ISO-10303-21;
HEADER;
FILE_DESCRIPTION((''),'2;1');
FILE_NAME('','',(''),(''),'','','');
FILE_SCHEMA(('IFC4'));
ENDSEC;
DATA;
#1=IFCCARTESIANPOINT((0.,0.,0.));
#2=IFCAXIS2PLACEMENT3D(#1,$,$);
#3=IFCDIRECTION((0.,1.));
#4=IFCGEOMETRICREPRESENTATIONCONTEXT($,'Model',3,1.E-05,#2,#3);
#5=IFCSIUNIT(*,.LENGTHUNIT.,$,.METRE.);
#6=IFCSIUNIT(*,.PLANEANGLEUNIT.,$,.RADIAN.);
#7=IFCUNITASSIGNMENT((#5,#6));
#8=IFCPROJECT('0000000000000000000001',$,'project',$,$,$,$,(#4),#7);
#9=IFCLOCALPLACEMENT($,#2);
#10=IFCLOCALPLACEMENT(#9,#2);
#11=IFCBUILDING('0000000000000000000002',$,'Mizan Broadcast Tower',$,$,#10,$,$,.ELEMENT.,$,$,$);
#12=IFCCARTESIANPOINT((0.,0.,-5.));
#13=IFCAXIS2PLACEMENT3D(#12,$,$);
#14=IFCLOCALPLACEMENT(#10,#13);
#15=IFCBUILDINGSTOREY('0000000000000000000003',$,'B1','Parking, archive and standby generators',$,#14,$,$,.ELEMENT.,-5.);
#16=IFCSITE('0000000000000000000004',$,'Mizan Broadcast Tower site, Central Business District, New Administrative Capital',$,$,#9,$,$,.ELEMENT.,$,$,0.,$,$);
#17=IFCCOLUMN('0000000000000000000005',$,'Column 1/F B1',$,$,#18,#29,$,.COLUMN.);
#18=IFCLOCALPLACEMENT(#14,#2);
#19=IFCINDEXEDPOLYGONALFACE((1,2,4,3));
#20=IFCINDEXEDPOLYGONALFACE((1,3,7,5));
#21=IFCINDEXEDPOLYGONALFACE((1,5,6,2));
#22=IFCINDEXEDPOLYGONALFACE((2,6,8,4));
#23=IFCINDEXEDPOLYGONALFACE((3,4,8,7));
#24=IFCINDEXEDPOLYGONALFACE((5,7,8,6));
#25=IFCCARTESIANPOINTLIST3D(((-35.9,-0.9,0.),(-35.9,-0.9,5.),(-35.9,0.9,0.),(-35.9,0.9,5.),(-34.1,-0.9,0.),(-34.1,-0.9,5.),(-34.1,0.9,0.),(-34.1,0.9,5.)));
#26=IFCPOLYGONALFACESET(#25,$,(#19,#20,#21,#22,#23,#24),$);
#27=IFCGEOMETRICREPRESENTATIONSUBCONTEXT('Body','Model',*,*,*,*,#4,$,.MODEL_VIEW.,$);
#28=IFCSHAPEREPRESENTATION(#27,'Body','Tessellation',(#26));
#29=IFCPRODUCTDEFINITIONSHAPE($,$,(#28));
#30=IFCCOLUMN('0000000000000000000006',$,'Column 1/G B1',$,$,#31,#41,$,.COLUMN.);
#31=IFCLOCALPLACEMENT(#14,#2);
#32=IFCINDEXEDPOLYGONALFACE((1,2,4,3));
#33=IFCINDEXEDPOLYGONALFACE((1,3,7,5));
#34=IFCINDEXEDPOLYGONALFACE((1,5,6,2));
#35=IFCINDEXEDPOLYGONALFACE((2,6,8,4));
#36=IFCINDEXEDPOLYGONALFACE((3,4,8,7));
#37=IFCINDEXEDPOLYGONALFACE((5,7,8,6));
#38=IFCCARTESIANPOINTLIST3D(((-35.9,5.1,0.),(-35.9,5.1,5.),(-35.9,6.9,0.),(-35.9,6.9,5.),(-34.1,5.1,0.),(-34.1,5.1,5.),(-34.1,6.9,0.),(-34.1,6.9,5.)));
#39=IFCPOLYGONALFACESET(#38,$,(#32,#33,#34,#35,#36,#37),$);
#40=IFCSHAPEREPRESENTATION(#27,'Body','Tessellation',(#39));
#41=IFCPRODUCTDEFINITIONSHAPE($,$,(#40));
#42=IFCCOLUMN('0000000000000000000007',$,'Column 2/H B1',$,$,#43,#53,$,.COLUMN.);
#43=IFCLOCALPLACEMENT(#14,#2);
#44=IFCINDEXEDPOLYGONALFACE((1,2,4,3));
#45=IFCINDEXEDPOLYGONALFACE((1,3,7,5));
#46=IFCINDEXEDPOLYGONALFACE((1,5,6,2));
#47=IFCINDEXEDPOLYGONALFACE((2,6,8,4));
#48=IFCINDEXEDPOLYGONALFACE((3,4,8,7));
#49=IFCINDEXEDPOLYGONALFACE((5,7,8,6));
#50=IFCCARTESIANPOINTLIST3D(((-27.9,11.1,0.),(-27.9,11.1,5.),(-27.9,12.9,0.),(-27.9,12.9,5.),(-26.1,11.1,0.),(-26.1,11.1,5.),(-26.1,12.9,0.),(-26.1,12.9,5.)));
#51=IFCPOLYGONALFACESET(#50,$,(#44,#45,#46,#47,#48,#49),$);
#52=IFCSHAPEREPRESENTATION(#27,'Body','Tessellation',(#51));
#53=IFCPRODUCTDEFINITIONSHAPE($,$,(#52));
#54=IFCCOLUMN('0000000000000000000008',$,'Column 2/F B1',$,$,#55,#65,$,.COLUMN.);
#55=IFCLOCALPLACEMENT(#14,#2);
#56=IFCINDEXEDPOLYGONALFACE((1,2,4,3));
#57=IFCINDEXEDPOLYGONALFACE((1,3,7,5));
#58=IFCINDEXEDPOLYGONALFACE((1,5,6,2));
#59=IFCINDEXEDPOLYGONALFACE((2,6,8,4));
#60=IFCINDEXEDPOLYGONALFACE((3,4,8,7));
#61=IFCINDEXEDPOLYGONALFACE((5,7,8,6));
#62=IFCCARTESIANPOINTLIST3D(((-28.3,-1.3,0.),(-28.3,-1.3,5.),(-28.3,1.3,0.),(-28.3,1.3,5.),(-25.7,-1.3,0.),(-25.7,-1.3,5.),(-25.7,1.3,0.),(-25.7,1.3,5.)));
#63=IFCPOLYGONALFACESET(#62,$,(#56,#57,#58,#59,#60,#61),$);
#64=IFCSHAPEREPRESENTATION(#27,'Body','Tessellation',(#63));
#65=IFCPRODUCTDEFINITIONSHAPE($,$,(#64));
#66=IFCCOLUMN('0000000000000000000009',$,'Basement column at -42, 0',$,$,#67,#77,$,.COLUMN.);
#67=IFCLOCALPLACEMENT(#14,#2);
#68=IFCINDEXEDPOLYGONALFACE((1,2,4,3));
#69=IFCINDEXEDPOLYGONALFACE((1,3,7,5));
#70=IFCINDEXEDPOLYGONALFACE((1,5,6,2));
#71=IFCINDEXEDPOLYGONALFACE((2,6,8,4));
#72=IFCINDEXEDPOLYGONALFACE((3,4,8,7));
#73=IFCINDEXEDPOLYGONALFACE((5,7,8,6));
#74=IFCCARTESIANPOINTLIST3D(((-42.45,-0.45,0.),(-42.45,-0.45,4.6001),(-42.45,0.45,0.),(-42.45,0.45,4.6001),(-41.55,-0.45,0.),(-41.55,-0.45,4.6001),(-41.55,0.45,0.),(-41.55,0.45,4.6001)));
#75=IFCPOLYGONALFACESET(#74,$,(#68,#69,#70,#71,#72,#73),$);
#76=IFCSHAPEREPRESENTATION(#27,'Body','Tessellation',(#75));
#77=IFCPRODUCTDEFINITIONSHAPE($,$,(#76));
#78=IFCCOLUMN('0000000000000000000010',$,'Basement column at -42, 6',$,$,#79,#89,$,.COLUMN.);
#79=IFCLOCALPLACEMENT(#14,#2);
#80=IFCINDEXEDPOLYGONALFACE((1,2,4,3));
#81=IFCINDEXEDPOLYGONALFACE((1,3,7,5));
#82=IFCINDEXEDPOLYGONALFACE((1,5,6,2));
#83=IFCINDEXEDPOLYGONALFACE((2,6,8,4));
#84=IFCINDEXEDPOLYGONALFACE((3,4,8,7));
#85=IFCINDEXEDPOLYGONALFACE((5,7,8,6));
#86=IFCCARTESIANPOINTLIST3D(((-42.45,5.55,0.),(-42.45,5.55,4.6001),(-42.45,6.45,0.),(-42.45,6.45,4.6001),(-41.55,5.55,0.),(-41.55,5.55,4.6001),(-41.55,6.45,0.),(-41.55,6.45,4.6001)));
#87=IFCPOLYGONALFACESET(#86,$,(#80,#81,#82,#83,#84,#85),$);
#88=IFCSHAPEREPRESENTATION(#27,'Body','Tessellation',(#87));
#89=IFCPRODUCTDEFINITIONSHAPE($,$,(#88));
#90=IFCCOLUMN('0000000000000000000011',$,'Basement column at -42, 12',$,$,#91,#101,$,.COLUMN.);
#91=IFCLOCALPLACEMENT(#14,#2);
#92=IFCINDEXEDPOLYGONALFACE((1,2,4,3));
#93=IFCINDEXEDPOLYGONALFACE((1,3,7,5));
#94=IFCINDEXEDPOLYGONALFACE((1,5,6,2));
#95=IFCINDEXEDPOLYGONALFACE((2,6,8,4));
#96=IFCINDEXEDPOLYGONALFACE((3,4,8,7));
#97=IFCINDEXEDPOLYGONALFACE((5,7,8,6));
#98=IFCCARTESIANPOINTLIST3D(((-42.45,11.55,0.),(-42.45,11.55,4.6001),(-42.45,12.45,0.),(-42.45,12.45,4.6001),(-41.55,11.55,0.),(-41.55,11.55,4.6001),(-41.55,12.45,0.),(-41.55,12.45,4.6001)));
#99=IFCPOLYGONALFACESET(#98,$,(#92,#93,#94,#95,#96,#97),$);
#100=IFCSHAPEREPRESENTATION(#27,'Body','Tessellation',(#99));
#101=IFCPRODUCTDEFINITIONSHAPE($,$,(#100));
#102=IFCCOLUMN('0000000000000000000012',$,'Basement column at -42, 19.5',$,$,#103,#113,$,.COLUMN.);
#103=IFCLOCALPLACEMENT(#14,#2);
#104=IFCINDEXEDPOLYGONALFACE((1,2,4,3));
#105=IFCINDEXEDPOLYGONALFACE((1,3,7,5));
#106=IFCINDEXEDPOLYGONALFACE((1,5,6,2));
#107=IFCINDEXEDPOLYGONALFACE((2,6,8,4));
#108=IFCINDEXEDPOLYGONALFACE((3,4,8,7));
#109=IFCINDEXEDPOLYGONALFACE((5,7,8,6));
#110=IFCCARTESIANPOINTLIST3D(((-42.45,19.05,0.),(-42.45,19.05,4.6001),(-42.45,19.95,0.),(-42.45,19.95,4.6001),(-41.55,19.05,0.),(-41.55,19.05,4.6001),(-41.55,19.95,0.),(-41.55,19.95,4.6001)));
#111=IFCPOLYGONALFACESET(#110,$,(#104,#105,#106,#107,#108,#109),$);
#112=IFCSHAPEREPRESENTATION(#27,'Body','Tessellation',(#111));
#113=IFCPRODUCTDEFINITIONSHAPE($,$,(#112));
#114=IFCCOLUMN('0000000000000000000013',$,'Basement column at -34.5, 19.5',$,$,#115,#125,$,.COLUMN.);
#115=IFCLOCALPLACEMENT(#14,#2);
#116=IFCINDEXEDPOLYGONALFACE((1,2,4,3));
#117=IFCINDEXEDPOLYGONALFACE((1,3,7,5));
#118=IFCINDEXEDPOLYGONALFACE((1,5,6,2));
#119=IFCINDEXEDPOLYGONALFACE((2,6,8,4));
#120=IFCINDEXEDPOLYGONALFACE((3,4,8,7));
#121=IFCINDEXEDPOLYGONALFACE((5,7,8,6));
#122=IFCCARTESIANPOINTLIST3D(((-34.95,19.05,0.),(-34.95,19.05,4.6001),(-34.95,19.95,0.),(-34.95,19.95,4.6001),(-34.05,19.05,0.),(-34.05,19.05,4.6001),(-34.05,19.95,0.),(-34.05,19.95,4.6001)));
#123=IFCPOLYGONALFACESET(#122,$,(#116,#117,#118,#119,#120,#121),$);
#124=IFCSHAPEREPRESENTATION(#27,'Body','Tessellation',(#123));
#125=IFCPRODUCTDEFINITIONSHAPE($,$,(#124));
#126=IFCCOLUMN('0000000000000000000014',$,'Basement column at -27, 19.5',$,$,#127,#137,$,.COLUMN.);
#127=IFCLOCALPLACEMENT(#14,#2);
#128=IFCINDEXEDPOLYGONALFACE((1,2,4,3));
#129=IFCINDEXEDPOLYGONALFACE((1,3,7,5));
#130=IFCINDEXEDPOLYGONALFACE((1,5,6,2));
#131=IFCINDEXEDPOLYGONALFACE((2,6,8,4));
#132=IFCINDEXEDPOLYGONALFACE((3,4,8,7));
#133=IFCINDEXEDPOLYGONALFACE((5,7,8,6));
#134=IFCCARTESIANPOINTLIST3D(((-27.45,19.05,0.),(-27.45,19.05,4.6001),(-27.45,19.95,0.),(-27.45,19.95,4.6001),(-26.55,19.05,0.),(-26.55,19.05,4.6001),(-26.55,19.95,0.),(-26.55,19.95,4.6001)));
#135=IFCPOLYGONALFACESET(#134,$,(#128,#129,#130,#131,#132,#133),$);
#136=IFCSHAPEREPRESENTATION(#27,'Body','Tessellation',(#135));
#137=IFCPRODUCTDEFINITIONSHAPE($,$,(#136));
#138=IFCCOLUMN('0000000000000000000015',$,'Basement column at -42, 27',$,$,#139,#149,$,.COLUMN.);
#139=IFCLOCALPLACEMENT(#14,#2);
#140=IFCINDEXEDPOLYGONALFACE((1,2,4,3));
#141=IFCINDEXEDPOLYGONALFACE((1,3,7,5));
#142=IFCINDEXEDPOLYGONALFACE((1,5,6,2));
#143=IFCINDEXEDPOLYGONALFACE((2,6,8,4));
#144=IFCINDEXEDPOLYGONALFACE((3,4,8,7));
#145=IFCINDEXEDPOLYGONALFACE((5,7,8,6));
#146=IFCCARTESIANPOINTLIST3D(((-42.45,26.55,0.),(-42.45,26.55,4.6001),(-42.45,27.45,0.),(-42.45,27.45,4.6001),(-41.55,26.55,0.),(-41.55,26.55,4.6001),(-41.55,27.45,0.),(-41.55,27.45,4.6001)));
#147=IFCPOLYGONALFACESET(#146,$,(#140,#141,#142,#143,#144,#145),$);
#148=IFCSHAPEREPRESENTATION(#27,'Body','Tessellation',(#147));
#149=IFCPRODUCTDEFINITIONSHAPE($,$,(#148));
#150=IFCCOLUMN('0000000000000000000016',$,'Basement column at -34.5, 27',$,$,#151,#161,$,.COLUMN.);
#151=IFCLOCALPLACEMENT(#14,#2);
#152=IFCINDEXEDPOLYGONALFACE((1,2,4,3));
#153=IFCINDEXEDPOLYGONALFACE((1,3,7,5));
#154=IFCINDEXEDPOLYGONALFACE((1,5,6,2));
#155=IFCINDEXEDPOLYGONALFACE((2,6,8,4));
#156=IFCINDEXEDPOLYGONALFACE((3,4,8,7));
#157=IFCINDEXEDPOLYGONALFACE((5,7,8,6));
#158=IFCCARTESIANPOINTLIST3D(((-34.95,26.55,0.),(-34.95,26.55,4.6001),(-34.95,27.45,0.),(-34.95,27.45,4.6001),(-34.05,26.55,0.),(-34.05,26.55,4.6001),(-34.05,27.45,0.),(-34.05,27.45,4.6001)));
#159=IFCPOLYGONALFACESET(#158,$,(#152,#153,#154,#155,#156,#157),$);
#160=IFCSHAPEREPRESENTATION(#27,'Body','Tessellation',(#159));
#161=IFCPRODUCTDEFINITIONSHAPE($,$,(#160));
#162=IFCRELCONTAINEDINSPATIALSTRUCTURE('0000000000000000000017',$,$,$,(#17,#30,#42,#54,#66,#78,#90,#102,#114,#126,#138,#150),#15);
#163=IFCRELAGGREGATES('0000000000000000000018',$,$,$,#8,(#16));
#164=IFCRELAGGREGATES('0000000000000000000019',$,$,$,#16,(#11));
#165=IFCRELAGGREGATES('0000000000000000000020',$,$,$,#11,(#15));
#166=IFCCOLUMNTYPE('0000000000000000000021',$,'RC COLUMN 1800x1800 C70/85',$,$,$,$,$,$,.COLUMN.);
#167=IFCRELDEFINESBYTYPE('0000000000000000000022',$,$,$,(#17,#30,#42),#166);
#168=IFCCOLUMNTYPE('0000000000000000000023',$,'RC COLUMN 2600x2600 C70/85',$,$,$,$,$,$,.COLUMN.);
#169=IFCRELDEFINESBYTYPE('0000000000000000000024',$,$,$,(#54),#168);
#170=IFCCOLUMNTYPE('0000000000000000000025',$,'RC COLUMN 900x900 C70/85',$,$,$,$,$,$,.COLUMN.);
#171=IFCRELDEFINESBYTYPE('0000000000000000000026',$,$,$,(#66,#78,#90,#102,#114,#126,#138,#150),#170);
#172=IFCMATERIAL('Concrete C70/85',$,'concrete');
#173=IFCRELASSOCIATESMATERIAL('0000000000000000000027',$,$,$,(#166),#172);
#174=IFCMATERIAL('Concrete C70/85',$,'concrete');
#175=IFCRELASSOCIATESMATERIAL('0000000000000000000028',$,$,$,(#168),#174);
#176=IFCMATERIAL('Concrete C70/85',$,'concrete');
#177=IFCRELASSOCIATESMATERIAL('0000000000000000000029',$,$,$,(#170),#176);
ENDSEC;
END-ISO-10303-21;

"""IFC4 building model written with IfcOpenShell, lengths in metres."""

from ifc_helpers import new_model, si_unit, direction, frame, origin, origin_2d, place, context, subcontext, project, spatial, rectangle, extrude, material, material_profile, profile_set, type_object, element, save


model = new_model("IFC4")

# Units and contexts
model_context = context("Model", 3, precision=1e-05, world=origin(), true_north=direction((0.0, 1.0)))
body_context = subcontext(model_context, "Body", "Model", "MODEL_VIEW")
ifc_project = project(units=[si_unit("LENGTHUNIT", "METRE"), si_unit("PLANEANGLEUNIT", "RADIAN")], contexts=[model_context])

# Site, building, storey
site_placement = place(None, origin())
site = spatial("IfcSite", under=ifc_project, at=site_placement, Name="Mizan Broadcast Tower site, Central Business District, New Administrative Capital", CompositionType="ELEMENT", RefElevation=0.0)
building_placement = place(site_placement, origin())
building = spatial("IfcBuilding", under=site, at=building_placement, Name="Mizan Broadcast Tower", CompositionType="ELEMENT")
storey_placement = place(building_placement, frame((0.0, 0.0, -5.0)))
storey = spatial("IfcBuildingStorey", under=building, at=storey_placement, Name="B1", Description="Parking, archive and standby generators", CompositionType="ELEMENT", Elevation=-5.0)

# Columns
ifc_material_1 = material(Name="Concrete C70/85", Category="concrete")
ifc_material_profile_1 = material_profile(ifc_material_1, rectangle(XDim=1.8, YDim=1.8, at=origin_2d()), Name="RC 1800x1800")
ifc_profile_set_1 = profile_set([ifc_material_profile_1], Name="Concrete C70/85")
column_type_1 = type_object("IfcColumnType", Name="RC COLUMN 1800x1800 C70/85", PredefinedType="COLUMN", material=ifc_profile_set_1)
for number, where, z_axis, x_axis, name in (
    (1, (-35.0, 0.0, 0.0), (0.0, 0.0, 1.0), (1.0, 0.0, 0.0), "Column 1/F B1"),
    (2, (-35.0, 6.0, 0.0), (0.0, 0.0, 1.0), (1.0, 0.0, 0.0), "Column 1/G B1"),
    (3, (-27.0, 12.0, 0.0), (0.0, 0.0, 1.0), (1.0, 0.0, 0.0), "Column 2/H B1"),
):
    element("IfcColumn", number, at=place(storey_placement, frame(where, z_axis=z_axis, x_axis=x_axis)), inside=storey, type_object=column_type_1, Name=name, PredefinedType="COLUMN", context=body_context, shape_type="SweptSolid", body=[
        extrude(rectangle(XDim=1.8, YDim=1.8, at=origin_2d()), origin(), (0.0, 0.0, 1.0), 5.0),
    ])
ifc_material_2 = material(Name="Concrete C70/85", Category="concrete")
ifc_material_profile_2 = material_profile(ifc_material_2, rectangle(XDim=2.6001, YDim=2.6001, at=origin_2d()), Name="RC 2600x2600")
ifc_profile_set_2 = profile_set([ifc_material_profile_2], Name="Concrete C70/85")
column_type_2 = type_object("IfcColumnType", Name="RC COLUMN 2600x2600 C70/85", PredefinedType="COLUMN", material=ifc_profile_set_2)
column_placement = place(storey_placement, frame((-27.0, 0.0, 0.0), z_axis=(0.0, 0.0, 1.0), x_axis=(1.0, 0.0, 0.0)))
element("IfcColumn", 4, at=column_placement, inside=storey, type_object=column_type_2, Name="Column 2/F B1", PredefinedType="COLUMN", context=body_context, shape_type="SweptSolid", body=[
    extrude(rectangle(XDim=2.6001, YDim=2.6001, at=origin_2d()), origin(), (0.0, 0.0, 1.0), 5.0),
])
ifc_material_3 = material(Name="Concrete C70/85", Category="concrete")
ifc_material_profile_3 = material_profile(ifc_material_3, rectangle(XDim=0.8999, YDim=0.8999, at=origin_2d()), Name="RC 900x900")
ifc_profile_set_3 = profile_set([ifc_material_profile_3], Name="Concrete C70/85")
column_type_3 = type_object("IfcColumnType", Name="RC COLUMN 900x900 C70/85", PredefinedType="COLUMN", material=ifc_profile_set_3)
for number, where, z_axis, x_axis, name in (
    (5, (-42.0, 0.0, 0.0), (0.0, 0.0, 1.0), (1.0, 0.0, 0.0), "Basement column at -42, 0"),
    (6, (-42.0, 6.0, 0.0), (0.0, 0.0, 1.0), (1.0, 0.0, 0.0), "Basement column at -42, 6"),
    (7, (-42.0, 12.0, 0.0), (0.0, 0.0, 1.0), (1.0, 0.0, 0.0), "Basement column at -42, 12"),
    (8, (-42.0, 19.5, 0.0), (0.0, 0.0, 1.0), (1.0, 0.0, 0.0), "Basement column at -42, 19.5"),
    (9, (-34.5, 19.5, 0.0), (0.0, 0.0, 1.0), (1.0, 0.0, 0.0), "Basement column at -34.5, 19.5"),
    (10, (-27.0, 19.5, 0.0), (0.0, 0.0, 1.0), (1.0, 0.0, 0.0), "Basement column at -27, 19.5"),
    (11, (-42.0, 27.0, 0.0), (0.0, 0.0, 1.0), (1.0, 0.0, 0.0), "Basement column at -42, 27"),
    (12, (-34.5, 27.0, 0.0), (0.0, 0.0, 1.0), (1.0, 0.0, 0.0), "Basement column at -34.5, 27"),
):
    element("IfcColumn", number, at=place(storey_placement, frame(where, z_axis=z_axis, x_axis=x_axis)), inside=storey, type_object=column_type_3, Name=name, PredefinedType="COLUMN", context=body_context, shape_type="SweptSolid", body=[
        extrude(rectangle(XDim=0.8999, YDim=0.8999, at=origin_2d()), origin(), (0.0, 0.0, 1.0), 4.6001),
    ])

save(model, "model.ifc")
